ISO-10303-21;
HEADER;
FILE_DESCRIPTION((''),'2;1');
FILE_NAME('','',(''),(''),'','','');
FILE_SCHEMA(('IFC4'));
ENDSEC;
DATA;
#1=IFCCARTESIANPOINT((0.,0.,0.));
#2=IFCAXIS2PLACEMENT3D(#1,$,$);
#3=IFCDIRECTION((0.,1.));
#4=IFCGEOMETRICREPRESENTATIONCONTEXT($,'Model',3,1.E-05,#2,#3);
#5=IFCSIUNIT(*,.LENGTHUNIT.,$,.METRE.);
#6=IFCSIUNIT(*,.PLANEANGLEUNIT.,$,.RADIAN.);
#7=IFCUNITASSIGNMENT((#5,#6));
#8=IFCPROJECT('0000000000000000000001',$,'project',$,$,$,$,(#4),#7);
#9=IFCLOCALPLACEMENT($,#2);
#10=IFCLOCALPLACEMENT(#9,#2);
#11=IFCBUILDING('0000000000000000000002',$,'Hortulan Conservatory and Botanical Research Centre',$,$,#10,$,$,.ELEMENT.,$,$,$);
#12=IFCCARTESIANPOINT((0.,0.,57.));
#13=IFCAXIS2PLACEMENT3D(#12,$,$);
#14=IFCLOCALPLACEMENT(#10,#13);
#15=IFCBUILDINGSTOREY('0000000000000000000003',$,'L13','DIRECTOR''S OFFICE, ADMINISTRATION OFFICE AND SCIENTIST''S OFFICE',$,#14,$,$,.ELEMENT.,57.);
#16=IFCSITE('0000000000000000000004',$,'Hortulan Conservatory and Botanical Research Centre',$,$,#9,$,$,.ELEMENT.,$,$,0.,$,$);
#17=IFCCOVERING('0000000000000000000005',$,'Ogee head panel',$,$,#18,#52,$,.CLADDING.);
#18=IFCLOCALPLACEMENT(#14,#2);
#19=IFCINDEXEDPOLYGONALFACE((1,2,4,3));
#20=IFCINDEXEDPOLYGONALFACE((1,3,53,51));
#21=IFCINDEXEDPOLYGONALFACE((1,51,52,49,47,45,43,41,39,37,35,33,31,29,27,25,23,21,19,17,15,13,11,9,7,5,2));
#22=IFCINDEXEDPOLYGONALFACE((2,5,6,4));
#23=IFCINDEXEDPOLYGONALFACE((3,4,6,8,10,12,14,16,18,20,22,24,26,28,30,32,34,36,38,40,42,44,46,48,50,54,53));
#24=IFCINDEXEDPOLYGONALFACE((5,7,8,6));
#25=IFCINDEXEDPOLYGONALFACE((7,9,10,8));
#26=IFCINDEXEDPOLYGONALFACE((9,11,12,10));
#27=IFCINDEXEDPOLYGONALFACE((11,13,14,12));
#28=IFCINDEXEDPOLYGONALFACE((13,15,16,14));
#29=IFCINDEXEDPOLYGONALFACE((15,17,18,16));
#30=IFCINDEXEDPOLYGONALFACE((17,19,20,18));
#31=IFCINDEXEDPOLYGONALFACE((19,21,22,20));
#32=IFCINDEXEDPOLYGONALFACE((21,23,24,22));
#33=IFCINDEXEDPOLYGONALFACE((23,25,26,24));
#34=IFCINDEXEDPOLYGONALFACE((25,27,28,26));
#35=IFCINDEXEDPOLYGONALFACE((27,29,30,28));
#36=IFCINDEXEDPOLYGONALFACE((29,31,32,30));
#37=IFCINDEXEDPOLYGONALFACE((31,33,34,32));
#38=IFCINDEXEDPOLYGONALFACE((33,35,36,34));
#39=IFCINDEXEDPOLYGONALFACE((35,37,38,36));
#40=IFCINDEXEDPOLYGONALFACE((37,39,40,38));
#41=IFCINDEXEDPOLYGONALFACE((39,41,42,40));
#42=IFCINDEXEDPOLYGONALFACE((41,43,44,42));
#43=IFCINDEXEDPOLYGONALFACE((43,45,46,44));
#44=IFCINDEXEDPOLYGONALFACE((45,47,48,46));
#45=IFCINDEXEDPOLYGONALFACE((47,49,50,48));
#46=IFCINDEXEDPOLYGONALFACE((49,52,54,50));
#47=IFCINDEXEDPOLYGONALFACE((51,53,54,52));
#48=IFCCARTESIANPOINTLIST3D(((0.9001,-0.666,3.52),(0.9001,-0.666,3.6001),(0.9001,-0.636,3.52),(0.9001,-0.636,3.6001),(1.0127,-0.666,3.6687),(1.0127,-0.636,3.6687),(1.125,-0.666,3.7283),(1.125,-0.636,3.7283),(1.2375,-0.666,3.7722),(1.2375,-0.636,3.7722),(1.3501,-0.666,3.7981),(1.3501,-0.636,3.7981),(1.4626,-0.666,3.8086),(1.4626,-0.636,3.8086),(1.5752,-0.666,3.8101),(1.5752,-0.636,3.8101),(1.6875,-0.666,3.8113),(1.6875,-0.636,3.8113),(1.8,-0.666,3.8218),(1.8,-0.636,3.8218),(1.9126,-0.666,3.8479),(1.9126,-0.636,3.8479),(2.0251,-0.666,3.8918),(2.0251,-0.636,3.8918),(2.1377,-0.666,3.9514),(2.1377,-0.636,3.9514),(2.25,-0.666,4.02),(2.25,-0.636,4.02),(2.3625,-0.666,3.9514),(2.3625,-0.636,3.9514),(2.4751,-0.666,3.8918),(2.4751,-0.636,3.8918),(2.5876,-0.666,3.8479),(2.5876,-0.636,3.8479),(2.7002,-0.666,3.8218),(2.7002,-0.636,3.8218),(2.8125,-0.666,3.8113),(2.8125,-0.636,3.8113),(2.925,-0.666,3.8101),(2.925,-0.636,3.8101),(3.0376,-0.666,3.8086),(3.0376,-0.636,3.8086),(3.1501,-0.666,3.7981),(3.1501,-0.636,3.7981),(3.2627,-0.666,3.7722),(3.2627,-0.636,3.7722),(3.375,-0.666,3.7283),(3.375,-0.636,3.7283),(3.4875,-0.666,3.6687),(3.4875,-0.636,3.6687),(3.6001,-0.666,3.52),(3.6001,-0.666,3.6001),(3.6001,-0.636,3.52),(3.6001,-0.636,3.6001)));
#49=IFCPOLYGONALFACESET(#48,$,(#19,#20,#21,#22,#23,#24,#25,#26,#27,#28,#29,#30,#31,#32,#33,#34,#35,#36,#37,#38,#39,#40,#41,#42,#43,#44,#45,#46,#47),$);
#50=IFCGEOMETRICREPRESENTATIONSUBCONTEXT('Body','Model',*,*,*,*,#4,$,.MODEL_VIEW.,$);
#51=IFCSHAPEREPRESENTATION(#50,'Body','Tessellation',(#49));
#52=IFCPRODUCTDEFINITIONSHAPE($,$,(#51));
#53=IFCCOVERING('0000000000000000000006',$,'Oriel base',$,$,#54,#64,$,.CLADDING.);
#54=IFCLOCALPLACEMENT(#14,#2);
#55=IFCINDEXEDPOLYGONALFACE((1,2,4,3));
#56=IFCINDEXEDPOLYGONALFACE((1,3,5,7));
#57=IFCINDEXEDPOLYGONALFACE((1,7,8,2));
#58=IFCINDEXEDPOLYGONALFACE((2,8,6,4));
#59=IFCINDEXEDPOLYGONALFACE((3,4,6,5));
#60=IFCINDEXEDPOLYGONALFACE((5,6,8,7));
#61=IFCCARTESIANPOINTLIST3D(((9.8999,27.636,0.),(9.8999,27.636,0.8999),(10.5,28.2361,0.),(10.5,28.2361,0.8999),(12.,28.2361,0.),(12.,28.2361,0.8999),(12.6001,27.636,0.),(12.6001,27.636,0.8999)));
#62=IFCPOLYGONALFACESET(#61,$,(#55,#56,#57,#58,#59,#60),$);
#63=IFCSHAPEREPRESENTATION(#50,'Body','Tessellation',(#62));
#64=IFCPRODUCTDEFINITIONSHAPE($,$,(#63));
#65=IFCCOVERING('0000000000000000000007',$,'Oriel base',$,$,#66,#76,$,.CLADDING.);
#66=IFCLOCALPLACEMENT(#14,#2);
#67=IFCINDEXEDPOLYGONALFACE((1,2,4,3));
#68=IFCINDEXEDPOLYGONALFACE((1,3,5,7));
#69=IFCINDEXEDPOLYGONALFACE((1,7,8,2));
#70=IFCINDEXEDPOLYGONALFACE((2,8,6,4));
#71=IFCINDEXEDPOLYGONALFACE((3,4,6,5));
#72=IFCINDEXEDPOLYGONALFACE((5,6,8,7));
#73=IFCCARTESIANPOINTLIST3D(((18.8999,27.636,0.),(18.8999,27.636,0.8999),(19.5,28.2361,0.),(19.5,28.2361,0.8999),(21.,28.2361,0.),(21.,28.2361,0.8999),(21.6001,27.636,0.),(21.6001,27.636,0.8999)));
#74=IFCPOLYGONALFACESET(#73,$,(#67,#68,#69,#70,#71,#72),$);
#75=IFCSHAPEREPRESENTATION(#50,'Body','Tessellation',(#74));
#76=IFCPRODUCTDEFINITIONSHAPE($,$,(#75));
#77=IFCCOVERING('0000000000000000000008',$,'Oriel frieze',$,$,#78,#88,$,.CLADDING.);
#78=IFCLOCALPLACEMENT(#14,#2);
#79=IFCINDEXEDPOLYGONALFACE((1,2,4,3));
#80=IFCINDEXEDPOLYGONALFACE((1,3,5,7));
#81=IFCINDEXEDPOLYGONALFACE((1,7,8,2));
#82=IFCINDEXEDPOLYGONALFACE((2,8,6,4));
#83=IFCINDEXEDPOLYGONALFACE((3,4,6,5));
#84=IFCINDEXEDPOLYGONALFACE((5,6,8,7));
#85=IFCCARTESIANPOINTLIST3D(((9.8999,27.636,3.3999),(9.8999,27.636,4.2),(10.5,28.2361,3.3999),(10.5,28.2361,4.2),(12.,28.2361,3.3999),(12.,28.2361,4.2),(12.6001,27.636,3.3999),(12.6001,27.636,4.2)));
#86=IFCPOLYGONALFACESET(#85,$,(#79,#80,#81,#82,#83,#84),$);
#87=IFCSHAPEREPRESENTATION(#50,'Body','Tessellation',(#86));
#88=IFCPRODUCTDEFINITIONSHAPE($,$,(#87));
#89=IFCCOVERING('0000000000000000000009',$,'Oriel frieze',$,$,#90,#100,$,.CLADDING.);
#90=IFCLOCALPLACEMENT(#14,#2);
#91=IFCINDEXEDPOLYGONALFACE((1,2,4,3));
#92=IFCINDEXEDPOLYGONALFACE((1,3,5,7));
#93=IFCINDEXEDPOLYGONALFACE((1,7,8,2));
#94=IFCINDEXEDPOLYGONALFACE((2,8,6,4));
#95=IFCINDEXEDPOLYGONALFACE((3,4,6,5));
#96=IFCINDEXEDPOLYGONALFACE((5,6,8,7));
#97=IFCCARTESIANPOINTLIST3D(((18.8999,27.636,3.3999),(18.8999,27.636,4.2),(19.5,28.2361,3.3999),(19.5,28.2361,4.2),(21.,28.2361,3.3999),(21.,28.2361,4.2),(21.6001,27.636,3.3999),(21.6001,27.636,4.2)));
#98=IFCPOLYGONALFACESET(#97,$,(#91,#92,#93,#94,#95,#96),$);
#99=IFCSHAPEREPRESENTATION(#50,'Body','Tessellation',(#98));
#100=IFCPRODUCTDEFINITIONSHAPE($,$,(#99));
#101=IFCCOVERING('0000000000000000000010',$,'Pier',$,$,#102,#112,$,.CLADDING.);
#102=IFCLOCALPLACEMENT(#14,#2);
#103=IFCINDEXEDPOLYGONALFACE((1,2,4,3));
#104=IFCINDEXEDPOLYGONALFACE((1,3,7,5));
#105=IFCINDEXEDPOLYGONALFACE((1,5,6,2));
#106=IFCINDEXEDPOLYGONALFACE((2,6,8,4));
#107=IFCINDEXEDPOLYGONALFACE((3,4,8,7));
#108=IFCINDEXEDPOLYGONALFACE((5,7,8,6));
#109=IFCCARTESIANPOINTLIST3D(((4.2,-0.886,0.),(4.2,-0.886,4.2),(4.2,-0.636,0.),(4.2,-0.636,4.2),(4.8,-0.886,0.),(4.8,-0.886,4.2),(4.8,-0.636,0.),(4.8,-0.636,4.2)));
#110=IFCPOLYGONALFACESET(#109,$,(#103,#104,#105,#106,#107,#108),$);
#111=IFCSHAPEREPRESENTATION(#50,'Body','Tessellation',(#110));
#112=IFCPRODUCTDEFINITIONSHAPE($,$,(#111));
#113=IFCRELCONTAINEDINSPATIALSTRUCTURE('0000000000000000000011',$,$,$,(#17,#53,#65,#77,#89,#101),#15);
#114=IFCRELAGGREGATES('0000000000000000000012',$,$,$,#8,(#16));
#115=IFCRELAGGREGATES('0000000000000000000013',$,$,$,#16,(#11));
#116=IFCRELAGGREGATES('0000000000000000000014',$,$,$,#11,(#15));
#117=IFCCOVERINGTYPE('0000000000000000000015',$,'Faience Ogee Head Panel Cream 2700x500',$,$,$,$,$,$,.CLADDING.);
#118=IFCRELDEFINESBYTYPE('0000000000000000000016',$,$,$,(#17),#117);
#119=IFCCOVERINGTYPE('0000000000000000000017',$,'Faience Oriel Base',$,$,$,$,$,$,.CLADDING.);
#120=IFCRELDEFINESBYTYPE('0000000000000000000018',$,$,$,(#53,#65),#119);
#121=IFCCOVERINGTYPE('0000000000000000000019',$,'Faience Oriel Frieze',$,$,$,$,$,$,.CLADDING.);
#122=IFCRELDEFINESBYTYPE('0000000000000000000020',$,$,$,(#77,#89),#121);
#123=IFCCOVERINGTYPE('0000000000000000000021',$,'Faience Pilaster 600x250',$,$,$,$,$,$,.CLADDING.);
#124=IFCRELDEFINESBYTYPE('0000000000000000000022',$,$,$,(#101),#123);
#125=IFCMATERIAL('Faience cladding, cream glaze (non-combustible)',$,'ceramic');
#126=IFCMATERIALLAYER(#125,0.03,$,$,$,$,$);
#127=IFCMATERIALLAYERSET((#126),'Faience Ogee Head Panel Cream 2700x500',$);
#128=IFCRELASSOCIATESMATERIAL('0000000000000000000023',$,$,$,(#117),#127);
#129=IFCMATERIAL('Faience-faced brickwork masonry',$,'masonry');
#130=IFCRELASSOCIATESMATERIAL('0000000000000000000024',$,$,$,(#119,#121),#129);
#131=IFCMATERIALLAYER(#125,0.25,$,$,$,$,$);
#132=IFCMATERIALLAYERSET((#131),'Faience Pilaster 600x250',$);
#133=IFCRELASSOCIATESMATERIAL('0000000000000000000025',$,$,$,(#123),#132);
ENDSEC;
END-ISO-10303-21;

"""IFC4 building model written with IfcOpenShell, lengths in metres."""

from ifc_helpers import new_model, si_unit, direction, frame, origin, origin_2d, place, context, subcontext, project, spatial, polyline, rectangle, outline, extrude, material, layer, layer_set, type_object, element, save


model = new_model("IFC4")

# Units and contexts
model_context = context("Model", 3, precision=1e-05, world=origin(), true_north=direction((0.0, 1.0)))
body_context = subcontext(model_context, "Body", "Model", "MODEL_VIEW")
ifc_project = project(units=[si_unit("LENGTHUNIT", "METRE"), si_unit("PLANEANGLEUNIT", "RADIAN")], contexts=[model_context])

# Site, building, storey
site_placement = place(None, origin())
site = spatial("IfcSite", under=ifc_project, at=site_placement, Name="Hortulan Conservatory and Botanical Research Centre", CompositionType="ELEMENT", RefElevation=0.0)
building_placement = place(site_placement, origin())
building = spatial("IfcBuilding", under=site, at=building_placement, Name="Hortulan Conservatory and Botanical Research Centre", CompositionType="ELEMENT")
storey_placement = place(building_placement, frame((0.0, 0.0, 57.0)))
storey = spatial("IfcBuildingStorey", under=building, at=storey_placement, Name="L13", Description="DIRECTOR'S OFFICE, ADMINISTRATION OFFICE AND SCIENTIST'S OFFICE", CompositionType="ELEMENT", Elevation=57.0)

# Shared definitions
ifc_material_1 = material(Name="Faience-faced brickwork masonry", Category="masonry")

# Coverings
ifc_material_2 = material(Name="Faience cladding, cream glaze (non-combustible)", Category="ceramic")
ifc_layer_1 = layer(ifc_material_2, 0.03)
ifc_layer_set_1 = layer_set([ifc_layer_1], Name="Faience Ogee Head Panel Cream 2700x500")
covering_type_1 = type_object("IfcCoveringType", Name="Faience Ogee Head Panel Cream 2700x500", PredefinedType="CLADDING", material=ifc_layer_set_1)
covering_1_placement = place(storey_placement, frame((3.6001, -0.6509, 3.52), z_axis=(0.0, 0.0, 1.0), x_axis=(-1.0, 0.0, 0.0)))
element("IfcCovering", 1, at=covering_1_placement, inside=storey, type_object=covering_type_1, Name="Ogee head panel", PredefinedType="CLADDING", context=body_context, shape_type="SweptSolid", body=[
    extrude(outline(polyline([(0.0, 0.0), (2.7, 0.0), (2.7, 0.0801), (2.5874, 0.1487), (2.4751, 0.2083), (2.3625, 0.2522), (2.25, 0.2781), (2.1375, 0.2886), (2.0249, 0.29), (1.9126, 0.2913), (1.8, 0.3018), (1.6875, 0.3279), (1.575, 0.3718), (1.4624, 0.4314), (1.3501, 0.5), (1.2375, 0.4314), (1.125, 0.3718), (1.0125, 0.3279), (0.8999, 0.3018), (0.7876, 0.2913), (0.675, 0.29), (0.5625, 0.2886), (0.45, 0.2781), (0.3374, 0.2522), (0.2251, 0.2083), (0.1125, 0.1487), (0.0, 0.0801), (0.0, 0.0)])), frame((0.0, 0.0151, 0.0), z_axis=(0.0, -1.0, 0.0), x_axis=(1.0, 0.0, 0.0)), (0.0, 0.0, 1.0), 0.03),
])
covering_type_2 = type_object("IfcCoveringType", Name="Faience Oriel Base", PredefinedType="CLADDING", material=ifc_material_1)
covering_2_placement = place(storey_placement, origin())
element("IfcCovering", 2, at=covering_2_placement, inside=storey, type_object=covering_type_2, Name="Oriel base", PredefinedType="CLADDING", context=body_context, shape_type="SweptSolid", body=[
    extrude(outline(polyline([(9.8999, 27.636), (10.5, 28.2361), (12.0, 28.2361), (12.6001, 27.636), (9.8999, 27.636)])), origin(), (0.0, 0.0, 1.0), 0.8999),
])
covering_3_placement = place(storey_placement, origin())
element("IfcCovering", 3, at=covering_3_placement, inside=storey, type_object=covering_type_2, Name="Oriel base", PredefinedType="CLADDING", context=body_context, shape_type="SweptSolid", body=[
    extrude(outline(polyline([(18.8999, 27.636), (19.5, 28.2361), (21.0, 28.2361), (21.6001, 27.636), (18.8999, 27.636)])), origin(), (0.0, 0.0, 1.0), 0.8999),
])
covering_type_3 = type_object("IfcCoveringType", Name="Faience Oriel Frieze", PredefinedType="CLADDING", material=ifc_material_1)
covering_4_placement = place(storey_placement, frame((0.0, 0.0, 3.3999)))
element("IfcCovering", 4, at=covering_4_placement, inside=storey, type_object=covering_type_3, Name="Oriel frieze", PredefinedType="CLADDING", context=body_context, shape_type="SweptSolid", body=[
    extrude(outline(polyline([(9.8999, 27.636), (10.5, 28.2361), (12.0, 28.2361), (12.6001, 27.636), (9.8999, 27.636)])), origin(), (0.0, 0.0, 1.0), 0.8),
])
covering_5_placement = place(storey_placement, frame((0.0, 0.0, 3.3999)))
element("IfcCovering", 5, at=covering_5_placement, inside=storey, type_object=covering_type_3, Name="Oriel frieze", PredefinedType="CLADDING", context=body_context, shape_type="SweptSolid", body=[
    extrude(outline(polyline([(18.8999, 27.636), (19.5, 28.2361), (21.0, 28.2361), (21.6001, 27.636), (18.8999, 27.636)])), origin(), (0.0, 0.0, 1.0), 0.8),
])
ifc_layer_2 = layer(ifc_material_2, 0.25)
ifc_layer_set_2 = layer_set([ifc_layer_2], Name="Faience Pilaster 600x250")
covering_type_4 = type_object("IfcCoveringType", Name="Faience Pilaster 600x250", PredefinedType="CLADDING", material=ifc_layer_set_2)
covering_6_placement = place(storey_placement, frame((4.5, -0.761, 0.0), z_axis=(0.0, 0.0, 1.0), x_axis=(-1.0, 0.0, 0.0)))
element("IfcCovering", 6, at=covering_6_placement, inside=storey, type_object=covering_type_4, Name="Pier", PredefinedType="CLADDING", context=body_context, shape_type="SweptSolid", body=[
    extrude(rectangle(XDim=0.6001, YDim=0.25, at=origin_2d()), origin(), (0.0, 0.0, 1.0), 4.2),
])

save(model, "model.ifc")
